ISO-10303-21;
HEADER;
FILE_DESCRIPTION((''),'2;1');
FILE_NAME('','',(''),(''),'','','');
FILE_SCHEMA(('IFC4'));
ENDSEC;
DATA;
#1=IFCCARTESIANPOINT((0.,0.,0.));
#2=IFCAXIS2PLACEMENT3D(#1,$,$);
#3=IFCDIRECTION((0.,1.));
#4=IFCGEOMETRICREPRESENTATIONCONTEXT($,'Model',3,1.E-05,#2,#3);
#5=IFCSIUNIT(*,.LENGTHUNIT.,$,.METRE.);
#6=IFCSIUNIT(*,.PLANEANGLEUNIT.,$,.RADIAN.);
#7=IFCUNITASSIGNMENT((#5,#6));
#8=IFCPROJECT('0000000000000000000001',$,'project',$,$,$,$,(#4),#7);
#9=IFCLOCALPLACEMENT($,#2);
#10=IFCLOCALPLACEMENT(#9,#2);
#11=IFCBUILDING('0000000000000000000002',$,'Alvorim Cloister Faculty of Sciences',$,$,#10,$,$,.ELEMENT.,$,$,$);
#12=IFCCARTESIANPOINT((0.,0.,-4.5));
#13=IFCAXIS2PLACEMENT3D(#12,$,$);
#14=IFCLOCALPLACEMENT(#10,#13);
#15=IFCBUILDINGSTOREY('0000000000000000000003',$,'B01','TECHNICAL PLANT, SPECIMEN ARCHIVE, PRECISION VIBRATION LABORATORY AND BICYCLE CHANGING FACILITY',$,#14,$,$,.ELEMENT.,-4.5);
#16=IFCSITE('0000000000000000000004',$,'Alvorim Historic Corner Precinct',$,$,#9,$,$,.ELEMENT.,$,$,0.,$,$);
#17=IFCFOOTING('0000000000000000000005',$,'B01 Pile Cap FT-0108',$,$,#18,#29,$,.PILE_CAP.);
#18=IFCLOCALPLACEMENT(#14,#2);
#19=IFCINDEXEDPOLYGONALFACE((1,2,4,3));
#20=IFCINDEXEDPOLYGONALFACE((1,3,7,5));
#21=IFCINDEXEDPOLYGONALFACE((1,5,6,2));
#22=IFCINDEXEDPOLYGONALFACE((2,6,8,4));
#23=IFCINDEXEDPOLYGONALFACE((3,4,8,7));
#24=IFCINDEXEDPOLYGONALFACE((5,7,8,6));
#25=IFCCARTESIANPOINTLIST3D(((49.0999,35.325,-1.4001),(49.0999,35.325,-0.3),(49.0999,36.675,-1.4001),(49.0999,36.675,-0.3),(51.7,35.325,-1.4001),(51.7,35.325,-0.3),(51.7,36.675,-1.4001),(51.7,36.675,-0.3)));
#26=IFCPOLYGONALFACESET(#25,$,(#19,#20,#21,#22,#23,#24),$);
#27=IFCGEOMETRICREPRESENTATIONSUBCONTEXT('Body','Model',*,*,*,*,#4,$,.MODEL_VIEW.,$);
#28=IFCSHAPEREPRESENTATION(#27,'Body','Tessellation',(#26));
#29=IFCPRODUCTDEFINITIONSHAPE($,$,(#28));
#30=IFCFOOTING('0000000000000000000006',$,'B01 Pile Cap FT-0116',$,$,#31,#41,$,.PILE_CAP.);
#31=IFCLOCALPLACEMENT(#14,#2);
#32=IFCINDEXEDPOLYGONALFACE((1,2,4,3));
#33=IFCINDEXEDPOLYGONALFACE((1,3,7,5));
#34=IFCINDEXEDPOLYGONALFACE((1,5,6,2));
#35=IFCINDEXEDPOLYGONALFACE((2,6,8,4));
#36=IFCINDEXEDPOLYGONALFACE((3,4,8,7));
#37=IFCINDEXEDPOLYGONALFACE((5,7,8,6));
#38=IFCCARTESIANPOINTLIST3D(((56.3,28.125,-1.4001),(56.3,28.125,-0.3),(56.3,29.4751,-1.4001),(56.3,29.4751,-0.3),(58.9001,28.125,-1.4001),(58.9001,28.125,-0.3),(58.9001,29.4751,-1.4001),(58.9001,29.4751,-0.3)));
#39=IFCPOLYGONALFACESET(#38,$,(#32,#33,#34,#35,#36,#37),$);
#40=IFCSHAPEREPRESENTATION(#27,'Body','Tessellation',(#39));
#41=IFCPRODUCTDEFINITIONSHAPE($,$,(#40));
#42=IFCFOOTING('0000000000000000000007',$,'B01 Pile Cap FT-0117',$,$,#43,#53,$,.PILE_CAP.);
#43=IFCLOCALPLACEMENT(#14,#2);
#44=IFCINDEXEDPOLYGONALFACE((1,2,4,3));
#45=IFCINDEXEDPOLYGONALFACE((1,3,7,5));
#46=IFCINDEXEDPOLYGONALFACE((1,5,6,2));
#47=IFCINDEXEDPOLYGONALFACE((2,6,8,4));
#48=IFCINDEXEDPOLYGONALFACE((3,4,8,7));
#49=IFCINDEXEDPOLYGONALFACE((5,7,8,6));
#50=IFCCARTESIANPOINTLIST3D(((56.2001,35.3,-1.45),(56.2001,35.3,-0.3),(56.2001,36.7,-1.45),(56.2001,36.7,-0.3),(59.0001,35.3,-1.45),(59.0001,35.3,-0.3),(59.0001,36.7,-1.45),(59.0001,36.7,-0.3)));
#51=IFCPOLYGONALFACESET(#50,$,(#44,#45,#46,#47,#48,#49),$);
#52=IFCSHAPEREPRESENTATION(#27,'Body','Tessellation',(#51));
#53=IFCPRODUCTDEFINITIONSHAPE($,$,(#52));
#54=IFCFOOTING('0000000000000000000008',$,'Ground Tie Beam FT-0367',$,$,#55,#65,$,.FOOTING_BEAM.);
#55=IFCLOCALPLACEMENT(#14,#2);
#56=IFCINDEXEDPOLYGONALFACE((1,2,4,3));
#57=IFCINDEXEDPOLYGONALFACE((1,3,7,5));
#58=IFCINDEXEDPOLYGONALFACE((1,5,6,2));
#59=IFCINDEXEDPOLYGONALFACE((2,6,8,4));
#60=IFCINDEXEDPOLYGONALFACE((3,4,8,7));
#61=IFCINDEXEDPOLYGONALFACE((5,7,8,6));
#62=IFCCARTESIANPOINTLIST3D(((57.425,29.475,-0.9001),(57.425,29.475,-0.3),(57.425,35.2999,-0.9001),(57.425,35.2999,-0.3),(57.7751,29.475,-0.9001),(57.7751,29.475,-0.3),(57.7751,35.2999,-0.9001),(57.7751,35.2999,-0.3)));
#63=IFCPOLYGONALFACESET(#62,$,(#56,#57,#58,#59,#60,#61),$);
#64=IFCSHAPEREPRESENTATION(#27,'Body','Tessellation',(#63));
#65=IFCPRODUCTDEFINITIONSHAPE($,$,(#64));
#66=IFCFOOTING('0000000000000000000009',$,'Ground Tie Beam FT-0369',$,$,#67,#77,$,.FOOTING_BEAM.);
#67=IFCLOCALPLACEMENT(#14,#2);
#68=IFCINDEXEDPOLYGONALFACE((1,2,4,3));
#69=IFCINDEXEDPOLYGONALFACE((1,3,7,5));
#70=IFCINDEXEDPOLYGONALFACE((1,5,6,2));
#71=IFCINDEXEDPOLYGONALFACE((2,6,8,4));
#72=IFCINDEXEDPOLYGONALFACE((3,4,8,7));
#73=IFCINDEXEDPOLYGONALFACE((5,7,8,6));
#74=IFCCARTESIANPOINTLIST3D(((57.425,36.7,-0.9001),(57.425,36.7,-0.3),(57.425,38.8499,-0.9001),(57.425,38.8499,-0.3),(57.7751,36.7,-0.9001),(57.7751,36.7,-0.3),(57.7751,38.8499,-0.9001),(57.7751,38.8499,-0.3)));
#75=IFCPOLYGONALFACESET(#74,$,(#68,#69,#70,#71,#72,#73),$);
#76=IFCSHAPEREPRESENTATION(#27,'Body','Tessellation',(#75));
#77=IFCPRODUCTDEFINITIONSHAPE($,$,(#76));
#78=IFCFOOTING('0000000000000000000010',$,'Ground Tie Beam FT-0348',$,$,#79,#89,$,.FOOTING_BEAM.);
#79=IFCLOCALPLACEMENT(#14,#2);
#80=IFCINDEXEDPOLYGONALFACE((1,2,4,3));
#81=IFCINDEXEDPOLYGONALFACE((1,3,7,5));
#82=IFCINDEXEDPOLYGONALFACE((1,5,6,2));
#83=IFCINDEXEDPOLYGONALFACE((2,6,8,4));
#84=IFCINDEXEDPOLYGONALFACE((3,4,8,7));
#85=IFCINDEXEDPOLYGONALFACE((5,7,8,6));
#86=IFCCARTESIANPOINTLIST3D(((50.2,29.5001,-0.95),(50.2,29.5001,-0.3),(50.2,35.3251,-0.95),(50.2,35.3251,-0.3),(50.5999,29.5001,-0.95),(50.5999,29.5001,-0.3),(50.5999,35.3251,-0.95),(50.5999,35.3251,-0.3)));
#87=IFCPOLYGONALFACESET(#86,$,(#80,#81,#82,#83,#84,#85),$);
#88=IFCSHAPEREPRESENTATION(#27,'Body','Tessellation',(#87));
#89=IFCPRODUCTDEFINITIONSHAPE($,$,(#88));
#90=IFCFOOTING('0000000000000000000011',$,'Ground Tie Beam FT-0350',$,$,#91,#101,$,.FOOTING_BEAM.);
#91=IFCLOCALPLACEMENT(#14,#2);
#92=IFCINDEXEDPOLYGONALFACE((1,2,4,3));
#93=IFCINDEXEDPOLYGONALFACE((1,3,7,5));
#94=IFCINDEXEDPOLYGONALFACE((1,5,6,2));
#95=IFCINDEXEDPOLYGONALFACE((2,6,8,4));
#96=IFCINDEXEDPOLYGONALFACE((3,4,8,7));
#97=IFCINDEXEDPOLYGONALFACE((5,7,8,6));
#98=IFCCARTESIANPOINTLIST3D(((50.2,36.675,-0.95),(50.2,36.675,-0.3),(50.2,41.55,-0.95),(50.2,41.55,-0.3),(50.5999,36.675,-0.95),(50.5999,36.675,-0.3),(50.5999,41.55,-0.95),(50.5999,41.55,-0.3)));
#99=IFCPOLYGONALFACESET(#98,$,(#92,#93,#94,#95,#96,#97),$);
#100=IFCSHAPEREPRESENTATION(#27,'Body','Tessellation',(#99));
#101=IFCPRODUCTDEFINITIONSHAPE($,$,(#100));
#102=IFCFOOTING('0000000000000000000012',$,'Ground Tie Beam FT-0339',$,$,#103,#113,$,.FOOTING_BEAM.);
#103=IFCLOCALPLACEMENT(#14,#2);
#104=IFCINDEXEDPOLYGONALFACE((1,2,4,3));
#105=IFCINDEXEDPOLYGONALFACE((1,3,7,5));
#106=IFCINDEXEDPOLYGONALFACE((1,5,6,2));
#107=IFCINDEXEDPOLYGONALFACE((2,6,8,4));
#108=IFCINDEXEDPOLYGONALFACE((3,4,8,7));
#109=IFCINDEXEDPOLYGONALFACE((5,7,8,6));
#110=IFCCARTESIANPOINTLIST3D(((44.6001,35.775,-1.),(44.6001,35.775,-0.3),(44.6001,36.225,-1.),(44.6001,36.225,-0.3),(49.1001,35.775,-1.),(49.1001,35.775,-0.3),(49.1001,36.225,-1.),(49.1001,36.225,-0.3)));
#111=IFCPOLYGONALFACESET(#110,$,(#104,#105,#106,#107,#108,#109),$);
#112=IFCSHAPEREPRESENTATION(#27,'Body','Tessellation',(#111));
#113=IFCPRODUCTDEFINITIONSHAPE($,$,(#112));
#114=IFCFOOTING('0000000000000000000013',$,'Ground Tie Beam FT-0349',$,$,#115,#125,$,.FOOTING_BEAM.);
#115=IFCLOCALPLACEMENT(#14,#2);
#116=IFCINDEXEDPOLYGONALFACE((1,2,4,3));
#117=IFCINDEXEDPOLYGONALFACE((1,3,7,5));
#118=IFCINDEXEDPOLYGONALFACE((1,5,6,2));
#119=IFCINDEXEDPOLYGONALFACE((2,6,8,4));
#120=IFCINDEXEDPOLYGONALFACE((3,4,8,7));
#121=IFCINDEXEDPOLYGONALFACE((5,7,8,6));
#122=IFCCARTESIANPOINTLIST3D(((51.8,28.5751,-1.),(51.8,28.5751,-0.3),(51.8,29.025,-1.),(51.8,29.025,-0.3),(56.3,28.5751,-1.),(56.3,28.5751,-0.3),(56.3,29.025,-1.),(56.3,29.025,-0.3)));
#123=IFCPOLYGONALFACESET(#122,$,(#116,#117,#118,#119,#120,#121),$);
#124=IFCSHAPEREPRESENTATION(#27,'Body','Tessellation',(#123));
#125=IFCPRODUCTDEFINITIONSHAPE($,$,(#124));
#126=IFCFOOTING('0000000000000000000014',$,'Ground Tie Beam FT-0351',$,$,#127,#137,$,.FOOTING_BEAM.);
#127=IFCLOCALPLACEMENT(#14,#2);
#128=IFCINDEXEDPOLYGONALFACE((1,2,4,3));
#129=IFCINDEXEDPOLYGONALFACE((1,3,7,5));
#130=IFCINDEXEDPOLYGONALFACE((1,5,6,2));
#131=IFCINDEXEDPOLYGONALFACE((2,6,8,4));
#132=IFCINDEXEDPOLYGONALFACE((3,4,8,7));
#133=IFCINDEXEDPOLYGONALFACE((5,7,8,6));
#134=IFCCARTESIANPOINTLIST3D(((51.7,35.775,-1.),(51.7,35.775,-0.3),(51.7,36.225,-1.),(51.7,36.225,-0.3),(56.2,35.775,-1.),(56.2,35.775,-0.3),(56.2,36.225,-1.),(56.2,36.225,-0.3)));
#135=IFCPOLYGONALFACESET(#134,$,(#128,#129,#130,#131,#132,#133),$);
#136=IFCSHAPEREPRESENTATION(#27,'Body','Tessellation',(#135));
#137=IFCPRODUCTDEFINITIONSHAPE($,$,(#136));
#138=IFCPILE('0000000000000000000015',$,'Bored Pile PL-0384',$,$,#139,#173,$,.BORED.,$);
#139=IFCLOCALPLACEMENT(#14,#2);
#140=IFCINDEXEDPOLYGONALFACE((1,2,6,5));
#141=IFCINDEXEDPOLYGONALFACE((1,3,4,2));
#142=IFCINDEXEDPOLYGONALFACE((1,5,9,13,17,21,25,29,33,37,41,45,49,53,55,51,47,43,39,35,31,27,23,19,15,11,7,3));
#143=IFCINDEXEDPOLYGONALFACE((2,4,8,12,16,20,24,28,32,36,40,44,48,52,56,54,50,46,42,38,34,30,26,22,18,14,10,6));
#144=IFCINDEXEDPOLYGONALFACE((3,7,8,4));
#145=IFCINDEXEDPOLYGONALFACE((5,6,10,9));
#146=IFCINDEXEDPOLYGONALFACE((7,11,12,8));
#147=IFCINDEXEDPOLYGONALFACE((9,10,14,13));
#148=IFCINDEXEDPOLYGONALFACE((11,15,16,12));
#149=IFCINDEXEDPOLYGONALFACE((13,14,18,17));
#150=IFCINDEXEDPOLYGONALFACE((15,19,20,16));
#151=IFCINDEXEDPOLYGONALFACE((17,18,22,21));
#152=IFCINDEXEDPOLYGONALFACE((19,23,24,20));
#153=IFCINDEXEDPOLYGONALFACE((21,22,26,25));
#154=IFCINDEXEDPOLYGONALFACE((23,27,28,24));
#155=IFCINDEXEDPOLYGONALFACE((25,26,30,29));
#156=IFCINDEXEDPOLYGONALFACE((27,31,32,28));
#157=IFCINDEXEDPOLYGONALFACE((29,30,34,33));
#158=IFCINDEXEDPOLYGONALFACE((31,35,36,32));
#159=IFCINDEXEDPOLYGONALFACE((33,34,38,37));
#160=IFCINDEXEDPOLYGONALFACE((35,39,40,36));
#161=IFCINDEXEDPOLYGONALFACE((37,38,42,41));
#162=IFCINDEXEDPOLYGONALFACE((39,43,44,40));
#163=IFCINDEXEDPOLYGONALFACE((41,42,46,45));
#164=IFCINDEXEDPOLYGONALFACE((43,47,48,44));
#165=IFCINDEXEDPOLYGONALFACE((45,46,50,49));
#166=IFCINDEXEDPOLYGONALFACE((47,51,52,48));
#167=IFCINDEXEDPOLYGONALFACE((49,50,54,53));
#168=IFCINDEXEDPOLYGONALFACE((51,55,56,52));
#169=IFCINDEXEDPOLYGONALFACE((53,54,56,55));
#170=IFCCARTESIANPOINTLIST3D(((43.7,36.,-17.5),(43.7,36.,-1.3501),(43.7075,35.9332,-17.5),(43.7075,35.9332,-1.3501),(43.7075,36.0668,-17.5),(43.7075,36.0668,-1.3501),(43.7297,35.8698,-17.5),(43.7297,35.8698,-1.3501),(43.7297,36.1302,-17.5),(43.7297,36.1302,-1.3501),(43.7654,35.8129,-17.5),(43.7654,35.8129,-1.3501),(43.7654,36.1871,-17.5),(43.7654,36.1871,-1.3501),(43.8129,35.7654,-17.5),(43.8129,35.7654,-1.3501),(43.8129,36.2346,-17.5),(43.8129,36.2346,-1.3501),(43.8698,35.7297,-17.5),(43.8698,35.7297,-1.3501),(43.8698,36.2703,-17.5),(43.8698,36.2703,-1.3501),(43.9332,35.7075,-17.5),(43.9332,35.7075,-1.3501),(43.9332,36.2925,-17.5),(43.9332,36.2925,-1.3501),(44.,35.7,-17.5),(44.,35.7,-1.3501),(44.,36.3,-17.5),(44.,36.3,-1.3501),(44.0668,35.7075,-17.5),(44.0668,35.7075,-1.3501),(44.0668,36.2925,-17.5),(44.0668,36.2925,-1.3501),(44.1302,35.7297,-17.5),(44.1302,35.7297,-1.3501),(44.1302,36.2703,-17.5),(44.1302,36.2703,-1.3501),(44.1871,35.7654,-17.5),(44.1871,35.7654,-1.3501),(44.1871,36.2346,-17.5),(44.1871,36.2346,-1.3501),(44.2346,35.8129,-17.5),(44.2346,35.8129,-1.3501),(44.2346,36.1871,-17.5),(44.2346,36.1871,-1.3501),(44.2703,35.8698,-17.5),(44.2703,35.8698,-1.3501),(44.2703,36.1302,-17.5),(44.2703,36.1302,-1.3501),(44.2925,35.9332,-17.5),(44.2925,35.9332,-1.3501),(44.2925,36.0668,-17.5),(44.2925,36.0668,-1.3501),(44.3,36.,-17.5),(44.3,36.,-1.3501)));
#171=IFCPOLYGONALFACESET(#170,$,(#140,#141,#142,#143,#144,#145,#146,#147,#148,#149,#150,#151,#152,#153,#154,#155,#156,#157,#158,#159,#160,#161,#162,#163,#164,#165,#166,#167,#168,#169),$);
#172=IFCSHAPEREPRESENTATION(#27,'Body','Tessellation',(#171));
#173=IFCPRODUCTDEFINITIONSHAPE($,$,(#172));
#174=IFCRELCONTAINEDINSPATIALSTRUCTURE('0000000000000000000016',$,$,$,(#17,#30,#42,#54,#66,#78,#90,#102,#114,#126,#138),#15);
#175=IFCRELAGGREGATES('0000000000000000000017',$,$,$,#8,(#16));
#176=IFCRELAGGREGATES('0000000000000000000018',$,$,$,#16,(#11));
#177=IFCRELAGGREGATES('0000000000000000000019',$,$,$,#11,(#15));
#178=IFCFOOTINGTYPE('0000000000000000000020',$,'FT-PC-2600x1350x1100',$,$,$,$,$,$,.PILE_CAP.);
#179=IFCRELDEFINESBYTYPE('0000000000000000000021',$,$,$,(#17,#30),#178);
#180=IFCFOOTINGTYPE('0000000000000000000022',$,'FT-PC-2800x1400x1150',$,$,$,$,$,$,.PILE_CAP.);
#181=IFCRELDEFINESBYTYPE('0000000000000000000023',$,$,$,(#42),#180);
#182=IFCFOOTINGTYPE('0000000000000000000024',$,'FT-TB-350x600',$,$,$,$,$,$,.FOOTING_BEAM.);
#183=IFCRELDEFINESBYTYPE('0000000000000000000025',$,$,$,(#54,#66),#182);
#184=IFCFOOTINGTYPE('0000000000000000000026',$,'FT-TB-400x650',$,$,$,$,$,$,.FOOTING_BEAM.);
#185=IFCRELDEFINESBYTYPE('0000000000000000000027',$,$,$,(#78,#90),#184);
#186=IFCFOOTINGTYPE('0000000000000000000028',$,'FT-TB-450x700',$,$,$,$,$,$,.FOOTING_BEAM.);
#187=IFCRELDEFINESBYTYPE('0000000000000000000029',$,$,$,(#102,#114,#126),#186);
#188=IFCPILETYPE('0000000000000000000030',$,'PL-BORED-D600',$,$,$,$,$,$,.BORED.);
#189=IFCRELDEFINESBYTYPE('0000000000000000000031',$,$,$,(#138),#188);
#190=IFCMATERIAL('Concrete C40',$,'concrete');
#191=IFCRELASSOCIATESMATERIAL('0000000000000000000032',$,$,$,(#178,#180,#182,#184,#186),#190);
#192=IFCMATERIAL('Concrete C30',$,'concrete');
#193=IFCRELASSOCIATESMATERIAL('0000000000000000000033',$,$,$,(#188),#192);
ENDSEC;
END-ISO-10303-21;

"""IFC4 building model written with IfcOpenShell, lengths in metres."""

from ifc_helpers import new_model, si_unit, direction, frame, origin, origin_2d, place, context, subcontext, project, spatial, rectangle, circle, extrude, material, material_profile, profile_set, type_object, element, save


model = new_model("IFC4")

# Units and contexts
model_context = context("Model", 3, precision=1e-05, world=origin(), true_north=direction((0.0, 1.0)))
body_context = subcontext(model_context, "Body", "Model", "MODEL_VIEW")
ifc_project = project(units=[si_unit("LENGTHUNIT", "METRE"), si_unit("PLANEANGLEUNIT", "RADIAN")], contexts=[model_context])

# Site, building, storey
site_placement = place(None, origin())
site = spatial("IfcSite", under=ifc_project, at=site_placement, Name="Alvorim Historic Corner Precinct", CompositionType="ELEMENT", RefElevation=0.0)
building_placement = place(site_placement, origin())
building = spatial("IfcBuilding", under=site, at=building_placement, Name="Alvorim Cloister Faculty of Sciences", CompositionType="ELEMENT")
storey_placement = place(building_placement, frame((0.0, 0.0, -4.5)))
storey = spatial("IfcBuildingStorey", under=building, at=storey_placement, Name="B01", Description="TECHNICAL PLANT, SPECIMEN ARCHIVE, PRECISION VIBRATION LABORATORY AND BICYCLE CHANGING FACILITY", CompositionType="ELEMENT", Elevation=-4.5)

# Footings
ifc_material_1 = material(Name="Concrete C40", Category="concrete")
footing_type_1 = type_object("IfcFootingType", Name="FT-PC-2600x1350x1100", PredefinedType="PILE_CAP", material=ifc_material_1)
for number, where, z_axis, x_axis, name in (
    (1, (50.3999, 36.0, -1.4001), (0.0, 0.0, 1.0), (1.0, 0.0, 0.0), "B01 Pile Cap FT-0108"),
    (2, (57.6001, 28.8, -1.4001), (0.0, 0.0, 1.0), (1.0, 0.0, 0.0), "B01 Pile Cap FT-0116"),
):
    element("IfcFooting", number, at=place(storey_placement, frame(where, z_axis=z_axis, x_axis=x_axis)), inside=storey, type_object=footing_type_1, Name=name, PredefinedType="PILE_CAP", context=body_context, shape_type="SweptSolid", body=[
        extrude(rectangle(XDim=2.6001, YDim=1.3501, at=origin_2d()), origin(), (0.0, 0.0, 1.0), 1.1001),
    ])
footing_type_2 = type_object("IfcFootingType", Name="FT-PC-2800x1400x1150", PredefinedType="PILE_CAP", material=ifc_material_1)
footing_1_placement = place(storey_placement, frame((57.6001, 36.0, -1.45), z_axis=(0.0, 0.0, 1.0), x_axis=(1.0, 0.0, 0.0)))
element("IfcFooting", 3, at=footing_1_placement, inside=storey, type_object=footing_type_2, Name="B01 Pile Cap FT-0117", PredefinedType="PILE_CAP", context=body_context, shape_type="SweptSolid", body=[
    extrude(rectangle(XDim=2.8, YDim=1.3999, at=origin_2d()), origin(), (0.0, 0.0, 1.0), 1.1499),
])
footing_type_3 = type_object("IfcFootingType", Name="FT-TB-350x600", PredefinedType="FOOTING_BEAM", material=ifc_material_1)
footing_2_placement = place(storey_placement, frame((57.6001, 32.3875, -0.9001), z_axis=(0.0, 0.0, 1.0), x_axis=(1.0, 0.0, 0.0)))
element("IfcFooting", 4, at=footing_2_placement, inside=storey, type_object=footing_type_3, Name="Ground Tie Beam FT-0367", PredefinedType="FOOTING_BEAM", context=body_context, shape_type="SweptSolid", body=[
    extrude(rectangle(XDim=0.3501, YDim=5.825, at=origin_2d()), origin(), (0.0, 0.0, 1.0), 0.6001),
])
footing_3_placement = place(storey_placement, frame((57.6001, 37.7749, -0.9001), z_axis=(0.0, 0.0, 1.0), x_axis=(1.0, 0.0, 0.0)))
element("IfcFooting", 5, at=footing_3_placement, inside=storey, type_object=footing_type_3, Name="Ground Tie Beam FT-0369", PredefinedType="FOOTING_BEAM", context=body_context, shape_type="SweptSolid", body=[
    extrude(rectangle(XDim=0.3501, YDim=2.1499, at=origin_2d()), origin(), (0.0, 0.0, 1.0), 0.6001),
])
footing_type_4 = type_object("IfcFootingType", Name="FT-TB-400x650", PredefinedType="FOOTING_BEAM", material=ifc_material_1)
footing_4_placement = place(storey_placement, frame((50.3999, 32.4126, -0.95), z_axis=(0.0, 0.0, 1.0), x_axis=(1.0, 0.0, 0.0)))
element("IfcFooting", 6, at=footing_4_placement, inside=storey, type_object=footing_type_4, Name="Ground Tie Beam FT-0348", PredefinedType="FOOTING_BEAM", context=body_context, shape_type="SweptSolid", body=[
    extrude(rectangle(XDim=0.3999, YDim=5.825, at=origin_2d()), origin(), (0.0, 0.0, 1.0), 0.6499),
])
footing_5_placement = place(storey_placement, frame((50.3999, 39.1125, -0.95), z_axis=(0.0, 0.0, 1.0), x_axis=(1.0, 0.0, 0.0)))
element("IfcFooting", 7, at=footing_5_placement, inside=storey, type_object=footing_type_4, Name="Ground Tie Beam FT-0350", PredefinedType="FOOTING_BEAM", context=body_context, shape_type="SweptSolid", body=[
    extrude(rectangle(XDim=0.3999, YDim=4.875, at=origin_2d()), origin(), (0.0, 0.0, 1.0), 0.6499),
])
footing_type_5 = type_object("IfcFootingType", Name="FT-TB-450x700", PredefinedType="FOOTING_BEAM", material=ifc_material_1)
for number, where, z_axis, x_axis, name in (
    (8, (46.8501, 36.0, -1.0), (0.0, 0.0, 1.0), (1.0, 0.0, 0.0), "Ground Tie Beam FT-0339"),
    (9, (54.05, 28.8, -1.0), (0.0, 0.0, 1.0), (1.0, 0.0, 0.0), "Ground Tie Beam FT-0349"),
    (10, (53.95, 36.0, -1.0), (0.0, 0.0, 1.0), (1.0, 0.0, 0.0), "Ground Tie Beam FT-0351"),
):
    element("IfcFooting", number, at=place(storey_placement, frame(where, z_axis=z_axis, x_axis=x_axis)), inside=storey, type_object=footing_type_5, Name=name, PredefinedType="FOOTING_BEAM", context=body_context, shape_type="SweptSolid", body=[
        extrude(rectangle(XDim=4.5, YDim=0.45, at=origin_2d()), origin(), (0.0, 0.0, 1.0), 0.7),
    ])

# Pile
ifc_material_2 = material(Name="Concrete C30", Category="concrete")
ifc_material_profile_1 = material_profile(ifc_material_2, circle(Radius=0.3, at=origin_2d()), Name="PILE-D600")
ifc_profile_set_1 = profile_set([ifc_material_profile_1], Name="Concrete C30")
pile_type = type_object("IfcPileType", Name="PL-BORED-D600", PredefinedType="BORED", material=ifc_profile_set_1)
pile_placement = place(storey_placement, frame((44.0, 36.0, -1.3501), z_axis=(0.0, 0.0, -1.0), x_axis=(1.0, 0.0, 0.0)))
element("IfcPile", 11, at=pile_placement, inside=storey, type_object=pile_type, Name="Bored Pile PL-0384", PredefinedType="BORED", context=body_context, shape_type="SweptSolid", body=[
    extrude(circle(Radius=0.3, at=origin_2d()), origin(), (0.0, 0.0, 1.0), 16.1499),
])

save(model, "model.ifc")
